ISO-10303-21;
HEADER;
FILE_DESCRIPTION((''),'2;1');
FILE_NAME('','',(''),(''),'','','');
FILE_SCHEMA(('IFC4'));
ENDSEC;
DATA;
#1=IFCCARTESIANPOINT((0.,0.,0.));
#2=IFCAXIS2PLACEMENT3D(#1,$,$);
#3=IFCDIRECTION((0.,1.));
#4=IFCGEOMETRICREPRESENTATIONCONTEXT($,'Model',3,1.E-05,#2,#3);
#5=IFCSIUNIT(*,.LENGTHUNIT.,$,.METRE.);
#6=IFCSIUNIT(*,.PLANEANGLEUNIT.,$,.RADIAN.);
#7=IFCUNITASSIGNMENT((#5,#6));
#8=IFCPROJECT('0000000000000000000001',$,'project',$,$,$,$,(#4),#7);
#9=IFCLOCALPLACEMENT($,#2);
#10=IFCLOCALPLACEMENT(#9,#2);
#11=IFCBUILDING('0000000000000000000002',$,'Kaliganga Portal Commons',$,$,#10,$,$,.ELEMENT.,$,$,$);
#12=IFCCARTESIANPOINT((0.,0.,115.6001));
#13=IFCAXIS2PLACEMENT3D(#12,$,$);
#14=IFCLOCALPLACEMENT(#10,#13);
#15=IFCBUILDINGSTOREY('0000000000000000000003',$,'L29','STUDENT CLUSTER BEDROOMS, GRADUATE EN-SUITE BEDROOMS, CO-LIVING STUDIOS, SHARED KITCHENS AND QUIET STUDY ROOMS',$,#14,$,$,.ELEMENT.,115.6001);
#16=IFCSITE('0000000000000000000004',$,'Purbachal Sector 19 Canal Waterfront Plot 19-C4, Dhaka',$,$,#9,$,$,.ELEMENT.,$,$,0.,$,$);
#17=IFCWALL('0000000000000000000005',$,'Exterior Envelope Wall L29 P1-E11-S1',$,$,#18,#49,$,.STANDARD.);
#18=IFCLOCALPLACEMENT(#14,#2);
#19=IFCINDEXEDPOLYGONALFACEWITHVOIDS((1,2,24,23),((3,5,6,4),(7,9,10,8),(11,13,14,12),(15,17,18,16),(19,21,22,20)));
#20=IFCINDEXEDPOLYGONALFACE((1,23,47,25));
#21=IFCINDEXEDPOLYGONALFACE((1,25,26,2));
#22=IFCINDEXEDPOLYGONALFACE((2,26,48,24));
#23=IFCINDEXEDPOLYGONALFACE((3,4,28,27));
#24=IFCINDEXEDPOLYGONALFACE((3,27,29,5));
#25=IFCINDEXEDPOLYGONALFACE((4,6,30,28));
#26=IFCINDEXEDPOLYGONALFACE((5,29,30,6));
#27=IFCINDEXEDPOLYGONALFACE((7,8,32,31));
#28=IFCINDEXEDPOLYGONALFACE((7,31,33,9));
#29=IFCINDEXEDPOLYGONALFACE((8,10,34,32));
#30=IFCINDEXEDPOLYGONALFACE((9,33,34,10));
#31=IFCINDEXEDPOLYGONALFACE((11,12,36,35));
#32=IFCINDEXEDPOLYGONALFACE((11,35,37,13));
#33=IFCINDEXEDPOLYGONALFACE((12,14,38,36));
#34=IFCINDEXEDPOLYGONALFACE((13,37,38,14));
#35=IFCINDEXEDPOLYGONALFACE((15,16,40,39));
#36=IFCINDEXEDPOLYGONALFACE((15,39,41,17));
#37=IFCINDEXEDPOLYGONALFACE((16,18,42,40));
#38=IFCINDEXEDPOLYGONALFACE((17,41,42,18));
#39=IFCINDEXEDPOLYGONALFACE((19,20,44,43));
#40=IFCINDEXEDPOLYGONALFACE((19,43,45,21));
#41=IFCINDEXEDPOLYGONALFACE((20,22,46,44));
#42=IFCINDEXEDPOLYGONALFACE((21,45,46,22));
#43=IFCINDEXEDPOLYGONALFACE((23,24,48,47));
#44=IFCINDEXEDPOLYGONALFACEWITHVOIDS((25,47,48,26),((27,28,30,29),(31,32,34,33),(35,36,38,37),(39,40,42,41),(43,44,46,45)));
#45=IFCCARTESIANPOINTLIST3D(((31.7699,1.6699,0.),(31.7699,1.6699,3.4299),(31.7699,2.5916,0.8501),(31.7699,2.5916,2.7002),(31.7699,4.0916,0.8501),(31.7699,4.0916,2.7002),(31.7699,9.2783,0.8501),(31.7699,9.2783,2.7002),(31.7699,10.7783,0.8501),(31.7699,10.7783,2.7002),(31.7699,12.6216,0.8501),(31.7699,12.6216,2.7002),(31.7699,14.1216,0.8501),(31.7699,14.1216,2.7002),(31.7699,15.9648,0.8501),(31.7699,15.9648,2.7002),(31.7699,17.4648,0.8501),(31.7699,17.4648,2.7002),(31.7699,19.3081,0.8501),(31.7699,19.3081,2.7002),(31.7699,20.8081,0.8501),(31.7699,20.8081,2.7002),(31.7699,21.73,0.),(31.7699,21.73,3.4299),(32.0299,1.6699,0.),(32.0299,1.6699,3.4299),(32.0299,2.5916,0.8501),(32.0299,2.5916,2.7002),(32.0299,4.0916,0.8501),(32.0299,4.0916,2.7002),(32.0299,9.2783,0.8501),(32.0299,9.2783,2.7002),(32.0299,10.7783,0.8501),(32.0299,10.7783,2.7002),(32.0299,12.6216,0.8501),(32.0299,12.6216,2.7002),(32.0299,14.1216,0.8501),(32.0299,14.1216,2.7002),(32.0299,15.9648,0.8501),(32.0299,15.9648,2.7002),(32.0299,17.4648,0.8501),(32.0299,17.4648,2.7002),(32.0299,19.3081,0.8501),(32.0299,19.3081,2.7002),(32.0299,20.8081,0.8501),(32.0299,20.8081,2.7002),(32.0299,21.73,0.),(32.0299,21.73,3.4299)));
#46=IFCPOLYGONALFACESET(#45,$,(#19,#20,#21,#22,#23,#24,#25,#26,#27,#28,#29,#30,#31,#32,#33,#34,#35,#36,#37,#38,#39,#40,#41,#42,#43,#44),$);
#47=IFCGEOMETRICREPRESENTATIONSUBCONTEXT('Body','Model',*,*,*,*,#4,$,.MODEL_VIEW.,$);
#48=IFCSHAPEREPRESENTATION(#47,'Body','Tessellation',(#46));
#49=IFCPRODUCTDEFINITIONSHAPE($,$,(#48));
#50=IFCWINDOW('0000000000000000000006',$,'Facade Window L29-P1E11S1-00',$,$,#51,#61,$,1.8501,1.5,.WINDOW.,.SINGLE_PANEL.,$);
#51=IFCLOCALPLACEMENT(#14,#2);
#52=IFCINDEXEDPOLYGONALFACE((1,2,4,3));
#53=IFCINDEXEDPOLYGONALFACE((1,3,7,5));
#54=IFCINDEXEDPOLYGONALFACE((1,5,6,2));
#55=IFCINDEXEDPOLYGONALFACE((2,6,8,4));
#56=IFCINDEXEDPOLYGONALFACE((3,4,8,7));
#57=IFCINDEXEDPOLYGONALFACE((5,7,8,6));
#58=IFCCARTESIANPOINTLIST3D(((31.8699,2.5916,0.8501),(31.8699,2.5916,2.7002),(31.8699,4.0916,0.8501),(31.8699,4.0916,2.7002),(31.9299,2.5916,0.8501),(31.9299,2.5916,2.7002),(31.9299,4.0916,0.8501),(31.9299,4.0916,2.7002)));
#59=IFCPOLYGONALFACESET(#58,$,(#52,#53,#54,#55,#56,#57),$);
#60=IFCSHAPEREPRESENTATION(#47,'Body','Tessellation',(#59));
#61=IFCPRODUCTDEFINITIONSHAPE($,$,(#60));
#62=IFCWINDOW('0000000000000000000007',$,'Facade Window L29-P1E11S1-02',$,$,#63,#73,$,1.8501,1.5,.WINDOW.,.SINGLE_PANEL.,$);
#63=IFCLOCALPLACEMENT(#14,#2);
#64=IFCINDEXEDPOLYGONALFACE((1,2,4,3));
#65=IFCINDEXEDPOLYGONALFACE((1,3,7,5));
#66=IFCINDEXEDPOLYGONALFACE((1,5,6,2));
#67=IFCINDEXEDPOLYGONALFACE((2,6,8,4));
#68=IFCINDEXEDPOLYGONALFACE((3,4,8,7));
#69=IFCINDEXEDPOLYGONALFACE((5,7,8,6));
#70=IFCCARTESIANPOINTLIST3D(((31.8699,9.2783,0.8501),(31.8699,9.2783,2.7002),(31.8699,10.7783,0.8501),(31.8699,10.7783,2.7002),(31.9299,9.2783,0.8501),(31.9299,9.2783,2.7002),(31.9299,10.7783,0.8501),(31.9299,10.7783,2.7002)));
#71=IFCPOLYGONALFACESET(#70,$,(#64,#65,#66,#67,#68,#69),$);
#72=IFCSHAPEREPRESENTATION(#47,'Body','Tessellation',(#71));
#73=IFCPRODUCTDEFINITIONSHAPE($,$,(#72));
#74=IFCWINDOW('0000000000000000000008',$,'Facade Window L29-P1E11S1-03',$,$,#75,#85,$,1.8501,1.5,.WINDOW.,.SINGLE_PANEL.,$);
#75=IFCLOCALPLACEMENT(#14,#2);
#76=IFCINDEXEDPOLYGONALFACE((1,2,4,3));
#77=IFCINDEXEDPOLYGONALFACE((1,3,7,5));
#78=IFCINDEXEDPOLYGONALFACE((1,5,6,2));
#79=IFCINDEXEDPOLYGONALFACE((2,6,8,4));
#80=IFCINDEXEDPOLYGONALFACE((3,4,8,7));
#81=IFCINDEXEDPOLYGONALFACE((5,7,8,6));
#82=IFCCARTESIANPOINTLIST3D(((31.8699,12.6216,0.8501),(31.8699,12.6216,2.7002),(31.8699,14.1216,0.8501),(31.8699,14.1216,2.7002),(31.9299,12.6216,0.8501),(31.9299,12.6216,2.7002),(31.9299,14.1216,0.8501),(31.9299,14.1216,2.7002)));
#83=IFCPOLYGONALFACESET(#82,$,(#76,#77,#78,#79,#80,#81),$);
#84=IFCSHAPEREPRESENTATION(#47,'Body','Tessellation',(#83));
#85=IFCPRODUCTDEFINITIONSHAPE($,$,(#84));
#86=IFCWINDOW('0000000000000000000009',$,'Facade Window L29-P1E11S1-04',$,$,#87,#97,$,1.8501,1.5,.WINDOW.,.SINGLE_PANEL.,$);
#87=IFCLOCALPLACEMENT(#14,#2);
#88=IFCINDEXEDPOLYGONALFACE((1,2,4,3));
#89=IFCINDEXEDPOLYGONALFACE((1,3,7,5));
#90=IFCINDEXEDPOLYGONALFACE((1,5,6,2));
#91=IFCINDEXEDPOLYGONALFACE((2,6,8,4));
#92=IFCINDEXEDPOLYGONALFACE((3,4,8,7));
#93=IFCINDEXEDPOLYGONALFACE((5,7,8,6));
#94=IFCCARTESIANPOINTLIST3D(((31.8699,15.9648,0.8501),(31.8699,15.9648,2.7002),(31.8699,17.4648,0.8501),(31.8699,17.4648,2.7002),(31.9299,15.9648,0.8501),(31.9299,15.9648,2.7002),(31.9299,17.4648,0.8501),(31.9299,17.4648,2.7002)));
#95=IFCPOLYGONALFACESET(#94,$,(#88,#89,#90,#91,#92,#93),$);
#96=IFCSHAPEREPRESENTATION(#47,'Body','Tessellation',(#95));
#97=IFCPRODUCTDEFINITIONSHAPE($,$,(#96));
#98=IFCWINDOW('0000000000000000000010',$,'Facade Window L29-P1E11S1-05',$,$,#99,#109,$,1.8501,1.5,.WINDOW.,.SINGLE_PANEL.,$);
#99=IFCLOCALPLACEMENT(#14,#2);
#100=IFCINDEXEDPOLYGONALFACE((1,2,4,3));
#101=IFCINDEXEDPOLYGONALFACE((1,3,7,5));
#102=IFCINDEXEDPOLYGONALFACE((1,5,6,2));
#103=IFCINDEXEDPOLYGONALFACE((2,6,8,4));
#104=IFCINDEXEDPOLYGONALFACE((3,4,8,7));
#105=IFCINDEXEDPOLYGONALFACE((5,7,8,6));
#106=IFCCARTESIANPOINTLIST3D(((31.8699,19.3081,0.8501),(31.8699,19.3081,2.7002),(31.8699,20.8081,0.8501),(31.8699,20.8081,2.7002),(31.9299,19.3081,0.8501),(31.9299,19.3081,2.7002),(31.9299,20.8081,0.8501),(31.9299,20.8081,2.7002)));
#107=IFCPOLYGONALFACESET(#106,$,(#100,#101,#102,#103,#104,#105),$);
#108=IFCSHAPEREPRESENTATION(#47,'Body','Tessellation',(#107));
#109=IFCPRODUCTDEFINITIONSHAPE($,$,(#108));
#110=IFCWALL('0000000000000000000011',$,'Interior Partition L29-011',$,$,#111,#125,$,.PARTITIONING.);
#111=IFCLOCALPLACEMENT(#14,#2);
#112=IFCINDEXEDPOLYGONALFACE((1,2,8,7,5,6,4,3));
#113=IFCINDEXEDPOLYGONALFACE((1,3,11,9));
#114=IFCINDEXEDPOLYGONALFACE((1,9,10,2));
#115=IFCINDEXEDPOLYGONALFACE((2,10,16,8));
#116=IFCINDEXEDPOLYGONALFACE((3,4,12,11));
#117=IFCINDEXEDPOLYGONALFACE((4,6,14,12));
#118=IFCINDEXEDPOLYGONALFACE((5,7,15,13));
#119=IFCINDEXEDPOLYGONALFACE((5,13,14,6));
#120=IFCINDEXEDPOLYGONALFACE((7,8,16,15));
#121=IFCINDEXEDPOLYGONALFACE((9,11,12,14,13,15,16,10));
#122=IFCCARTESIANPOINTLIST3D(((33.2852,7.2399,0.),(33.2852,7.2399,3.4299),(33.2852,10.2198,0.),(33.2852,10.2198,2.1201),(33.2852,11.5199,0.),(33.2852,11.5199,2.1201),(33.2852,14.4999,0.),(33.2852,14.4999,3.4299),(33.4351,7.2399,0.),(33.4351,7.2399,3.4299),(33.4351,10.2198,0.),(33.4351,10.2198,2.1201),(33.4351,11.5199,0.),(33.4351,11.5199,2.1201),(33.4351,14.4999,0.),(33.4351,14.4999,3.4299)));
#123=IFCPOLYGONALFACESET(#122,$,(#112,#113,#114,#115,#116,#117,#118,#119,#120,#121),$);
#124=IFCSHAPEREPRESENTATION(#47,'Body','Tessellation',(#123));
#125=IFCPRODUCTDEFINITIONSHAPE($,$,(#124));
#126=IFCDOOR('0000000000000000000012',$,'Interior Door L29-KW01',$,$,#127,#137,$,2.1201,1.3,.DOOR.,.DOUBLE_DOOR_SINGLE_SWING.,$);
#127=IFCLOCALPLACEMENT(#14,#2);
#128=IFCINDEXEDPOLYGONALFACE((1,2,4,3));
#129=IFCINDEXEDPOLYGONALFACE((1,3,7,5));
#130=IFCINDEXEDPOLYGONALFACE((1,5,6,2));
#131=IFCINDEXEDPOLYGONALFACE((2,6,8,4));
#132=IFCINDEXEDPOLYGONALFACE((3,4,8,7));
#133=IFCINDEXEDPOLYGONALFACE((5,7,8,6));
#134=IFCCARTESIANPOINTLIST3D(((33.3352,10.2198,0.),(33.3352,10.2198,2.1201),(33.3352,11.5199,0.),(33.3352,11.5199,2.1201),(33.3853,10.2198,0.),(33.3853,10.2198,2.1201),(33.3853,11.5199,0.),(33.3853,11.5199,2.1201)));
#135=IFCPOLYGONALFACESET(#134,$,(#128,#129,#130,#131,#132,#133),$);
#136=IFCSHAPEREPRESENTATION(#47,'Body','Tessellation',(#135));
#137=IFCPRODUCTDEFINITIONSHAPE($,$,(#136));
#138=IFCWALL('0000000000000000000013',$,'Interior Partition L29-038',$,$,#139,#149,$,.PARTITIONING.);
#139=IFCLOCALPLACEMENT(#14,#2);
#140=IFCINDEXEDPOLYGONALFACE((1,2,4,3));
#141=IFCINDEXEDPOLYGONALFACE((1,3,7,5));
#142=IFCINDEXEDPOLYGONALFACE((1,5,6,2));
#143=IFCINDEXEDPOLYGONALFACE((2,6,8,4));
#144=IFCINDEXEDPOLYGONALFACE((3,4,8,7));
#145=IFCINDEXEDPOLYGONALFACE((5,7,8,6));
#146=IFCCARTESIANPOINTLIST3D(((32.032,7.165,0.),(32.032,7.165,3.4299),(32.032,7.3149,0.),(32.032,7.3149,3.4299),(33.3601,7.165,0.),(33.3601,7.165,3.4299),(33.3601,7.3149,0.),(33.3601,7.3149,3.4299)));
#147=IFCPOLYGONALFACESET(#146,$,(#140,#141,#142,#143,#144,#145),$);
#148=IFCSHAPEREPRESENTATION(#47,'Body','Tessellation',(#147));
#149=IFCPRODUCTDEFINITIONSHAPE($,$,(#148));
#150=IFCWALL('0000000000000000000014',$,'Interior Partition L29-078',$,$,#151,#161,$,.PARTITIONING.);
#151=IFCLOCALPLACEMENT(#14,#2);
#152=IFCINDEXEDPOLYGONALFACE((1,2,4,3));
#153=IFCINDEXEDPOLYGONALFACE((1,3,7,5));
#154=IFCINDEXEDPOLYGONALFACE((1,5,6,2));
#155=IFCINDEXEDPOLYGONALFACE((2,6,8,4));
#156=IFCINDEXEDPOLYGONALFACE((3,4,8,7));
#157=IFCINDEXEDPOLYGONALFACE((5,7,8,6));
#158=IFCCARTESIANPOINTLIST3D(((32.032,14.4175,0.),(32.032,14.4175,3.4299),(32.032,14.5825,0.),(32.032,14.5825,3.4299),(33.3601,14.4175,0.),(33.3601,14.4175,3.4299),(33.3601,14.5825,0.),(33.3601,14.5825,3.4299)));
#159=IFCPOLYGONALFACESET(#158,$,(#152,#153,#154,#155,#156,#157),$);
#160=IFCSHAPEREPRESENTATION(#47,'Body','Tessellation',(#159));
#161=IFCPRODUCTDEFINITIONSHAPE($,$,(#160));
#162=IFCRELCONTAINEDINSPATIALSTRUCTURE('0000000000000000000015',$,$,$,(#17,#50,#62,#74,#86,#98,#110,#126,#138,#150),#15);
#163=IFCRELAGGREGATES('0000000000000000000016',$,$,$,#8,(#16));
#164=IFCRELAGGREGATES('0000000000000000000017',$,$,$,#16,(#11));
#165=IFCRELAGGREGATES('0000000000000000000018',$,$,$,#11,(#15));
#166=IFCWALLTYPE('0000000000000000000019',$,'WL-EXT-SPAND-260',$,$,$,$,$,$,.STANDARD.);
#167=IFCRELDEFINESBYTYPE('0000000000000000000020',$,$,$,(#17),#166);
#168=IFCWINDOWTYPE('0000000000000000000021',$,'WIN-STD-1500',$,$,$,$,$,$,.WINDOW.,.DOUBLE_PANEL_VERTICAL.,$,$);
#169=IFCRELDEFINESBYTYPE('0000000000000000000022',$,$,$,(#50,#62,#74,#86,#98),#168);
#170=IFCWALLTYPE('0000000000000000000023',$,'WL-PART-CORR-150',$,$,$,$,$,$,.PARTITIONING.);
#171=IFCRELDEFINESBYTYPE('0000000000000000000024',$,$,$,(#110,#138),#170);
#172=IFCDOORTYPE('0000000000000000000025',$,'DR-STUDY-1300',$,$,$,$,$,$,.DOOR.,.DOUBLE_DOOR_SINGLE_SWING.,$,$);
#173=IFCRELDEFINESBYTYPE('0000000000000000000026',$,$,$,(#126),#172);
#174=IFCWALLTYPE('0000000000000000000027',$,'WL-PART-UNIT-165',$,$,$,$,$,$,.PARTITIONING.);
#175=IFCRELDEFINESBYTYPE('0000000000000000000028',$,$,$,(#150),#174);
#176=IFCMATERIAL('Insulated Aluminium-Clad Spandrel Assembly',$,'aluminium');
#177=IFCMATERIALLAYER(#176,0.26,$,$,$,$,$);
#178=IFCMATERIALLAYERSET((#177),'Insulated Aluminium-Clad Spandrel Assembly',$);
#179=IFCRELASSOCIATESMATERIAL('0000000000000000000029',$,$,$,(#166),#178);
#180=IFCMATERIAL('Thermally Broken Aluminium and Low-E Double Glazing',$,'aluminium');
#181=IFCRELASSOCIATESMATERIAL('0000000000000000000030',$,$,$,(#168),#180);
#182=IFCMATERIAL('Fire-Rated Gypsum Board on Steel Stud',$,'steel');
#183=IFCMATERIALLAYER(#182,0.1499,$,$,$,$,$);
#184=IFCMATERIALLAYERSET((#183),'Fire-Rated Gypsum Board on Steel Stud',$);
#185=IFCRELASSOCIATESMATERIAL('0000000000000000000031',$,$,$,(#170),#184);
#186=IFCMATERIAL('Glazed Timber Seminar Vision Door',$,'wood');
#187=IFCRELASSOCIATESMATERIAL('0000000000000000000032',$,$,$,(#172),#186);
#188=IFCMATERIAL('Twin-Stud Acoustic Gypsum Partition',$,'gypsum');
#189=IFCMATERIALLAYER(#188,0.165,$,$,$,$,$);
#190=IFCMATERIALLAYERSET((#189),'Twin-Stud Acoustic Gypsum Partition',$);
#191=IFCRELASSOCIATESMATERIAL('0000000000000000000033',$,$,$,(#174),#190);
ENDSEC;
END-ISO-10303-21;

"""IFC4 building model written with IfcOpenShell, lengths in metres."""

from ifc_helpers import new_model, si_unit, direction, frame, frame_2d, origin, place, context, subcontext, project, spatial, rectangle, extrude, material, layer, layer_set, type_object, element, fill, save


model = new_model("IFC4")

# Units and contexts
model_context = context("Model", 3, precision=1e-05, world=origin(), true_north=direction((0.0, 1.0)))
body_context = subcontext(model_context, "Body", "Model", "MODEL_VIEW")
ifc_project = project(units=[si_unit("LENGTHUNIT", "METRE"), si_unit("PLANEANGLEUNIT", "RADIAN")], contexts=[model_context])

# Site, building, storey
site_placement = place(None, origin())
site = spatial("IfcSite", under=ifc_project, at=site_placement, Name="Purbachal Sector 19 Canal Waterfront Plot 19-C4, Dhaka", CompositionType="ELEMENT", RefElevation=0.0)
building_placement = place(site_placement, origin())
building = spatial("IfcBuilding", under=site, at=building_placement, Name="Kaliganga Portal Commons", CompositionType="ELEMENT")
storey_placement = place(building_placement, frame((0.0, 0.0, 115.6001)))
storey = spatial("IfcBuildingStorey", under=building, at=storey_placement, Name="L29", Description="STUDENT CLUSTER BEDROOMS, GRADUATE EN-SUITE BEDROOMS, CO-LIVING STUDIOS, SHARED KITCHENS AND QUIET STUDY ROOMS", CompositionType="ELEMENT", Elevation=115.6001)

# Shared definitions
ifc_material_1 = material(Name="Insulated Aluminium-Clad Spandrel Assembly", Category="aluminium")
ifc_layer_1 = layer(ifc_material_1, 0.26)
ifc_layer_set_1 = layer_set([ifc_layer_1], Name="Insulated Aluminium-Clad Spandrel Assembly")
wall_type_1 = type_object("IfcWallType", Name="WL-EXT-SPAND-260", PredefinedType="STANDARD", material=ifc_layer_set_1)
ifc_material_2 = material(Name="Thermally Broken Aluminium and Low-E Double Glazing", Category="aluminium")

# Wall, openings, windows
wall_1_placement = place(storey_placement, frame((31.8999, 1.6699, 0.0), z_axis=(0.0, 0.0, 1.0), x_axis=(0.0, 1.0, 0.0)))
wall_1 = element("IfcWall", 1, at=wall_1_placement, inside=storey, type_object=wall_type_1, Name="Exterior Envelope Wall L29 P1-E11-S1", PredefinedType="STANDARD", context=body_context, shape_type="SweptSolid", body=[
    extrude(rectangle(XDim=20.0601, YDim=0.26, at=frame_2d((10.03, 0.0))), origin(), (0.0, 0.0, 1.0), 3.4299),
])
opening_1_placement = place(wall_1_placement, frame((0.9216, 0.0, 0.8501)))
opening_1 = element("IfcOpeningElement", 2, at=opening_1_placement, cuts=wall_1, PredefinedType="OPENING", context=body_context, shape_type="SweptSolid", body=[
    extrude(rectangle(XDim=1.5, YDim=1.8501, at=frame_2d((0.75, 0.925))), frame((0.0, 0.1401, 0.0), z_axis=(0.0, -1.0, 0.0), x_axis=(1.0, 0.0, 0.0)), (0.0, 0.0, 1.0), 0.28),
])
opening_2_placement = place(wall_1_placement, frame((7.6084, 0.0, 0.8501)))
opening_2 = element("IfcOpeningElement", 3, at=opening_2_placement, cuts=wall_1, PredefinedType="OPENING", context=body_context, shape_type="SweptSolid", body=[
    extrude(rectangle(XDim=1.5, YDim=1.8501, at=frame_2d((0.75, 0.925))), frame((0.0, 0.1401, 0.0), z_axis=(0.0, -1.0, 0.0), x_axis=(1.0, 0.0, 0.0)), (0.0, 0.0, 1.0), 0.28),
])
opening_3_placement = place(wall_1_placement, frame((10.9517, 0.0, 0.8501)))
opening_3 = element("IfcOpeningElement", 4, at=opening_3_placement, cuts=wall_1, PredefinedType="OPENING", context=body_context, shape_type="SweptSolid", body=[
    extrude(rectangle(XDim=1.5, YDim=1.8501, at=frame_2d((0.75, 0.925))), frame((0.0, 0.1401, 0.0), z_axis=(0.0, -1.0, 0.0), x_axis=(1.0, 0.0, 0.0)), (0.0, 0.0, 1.0), 0.28),
])
opening_4_placement = place(wall_1_placement, frame((14.2949, 0.0, 0.8501)))
opening_4 = element("IfcOpeningElement", 5, at=opening_4_placement, cuts=wall_1, PredefinedType="OPENING", context=body_context, shape_type="SweptSolid", body=[
    extrude(rectangle(XDim=1.5, YDim=1.8501, at=frame_2d((0.75, 0.925))), frame((0.0, 0.1401, 0.0), z_axis=(0.0, -1.0, 0.0), x_axis=(1.0, 0.0, 0.0)), (0.0, 0.0, 1.0), 0.28),
])
opening_5_placement = place(wall_1_placement, frame((17.6382, 0.0, 0.8501)))
opening_5 = element("IfcOpeningElement", 6, at=opening_5_placement, cuts=wall_1, PredefinedType="OPENING", context=body_context, shape_type="SweptSolid", body=[
    extrude(rectangle(XDim=1.5, YDim=1.8501, at=frame_2d((0.75, 0.925))), frame((0.0, 0.1401, 0.0), z_axis=(0.0, -1.0, 0.0), x_axis=(1.0, 0.0, 0.0)), (0.0, 0.0, 1.0), 0.28),
])
window_type_1 = type_object("IfcWindowType", Name="WIN-STD-1500", PartitioningType="DOUBLE_PANEL_VERTICAL", PredefinedType="WINDOW", material=ifc_material_2)
window_1_placement = place(opening_1_placement, origin())
window_1 = element("IfcWindow", 7, at=window_1_placement, inside=storey, type_object=window_type_1, Name="Facade Window L29-P1E11S1-00", OverallHeight=1.8501, OverallWidth=1.5, PartitioningType="SINGLE_PANEL", PredefinedType="WINDOW", context=body_context, shape_type="SweptSolid", body=[
    extrude(rectangle(XDim=1.5, YDim=1.8501, at=frame_2d((0.75, 0.925))), frame((0.0, 0.03, 0.0), z_axis=(0.0, -1.0, 0.0), x_axis=(1.0, 0.0, 0.0)), (0.0, 0.0, 1.0), 0.0601),
])
fill(opening_1, window_1)
window_2_placement = place(opening_2_placement, origin())
window_2 = element("IfcWindow", 8, at=window_2_placement, inside=storey, type_object=window_type_1, Name="Facade Window L29-P1E11S1-02", OverallHeight=1.8501, OverallWidth=1.5, PartitioningType="SINGLE_PANEL", PredefinedType="WINDOW", context=body_context, shape_type="SweptSolid", body=[
    extrude(rectangle(XDim=1.5, YDim=1.8501, at=frame_2d((0.75, 0.925))), frame((0.0, 0.03, 0.0), z_axis=(0.0, -1.0, 0.0), x_axis=(1.0, 0.0, 0.0)), (0.0, 0.0, 1.0), 0.0601),
])
fill(opening_2, window_2)
window_3_placement = place(opening_3_placement, origin())
window_3 = element("IfcWindow", 9, at=window_3_placement, inside=storey, type_object=window_type_1, Name="Facade Window L29-P1E11S1-03", OverallHeight=1.8501, OverallWidth=1.5, PartitioningType="SINGLE_PANEL", PredefinedType="WINDOW", context=body_context, shape_type="SweptSolid", body=[
    extrude(rectangle(XDim=1.5, YDim=1.8501, at=frame_2d((0.75, 0.925))), frame((0.0, 0.03, 0.0), z_axis=(0.0, -1.0, 0.0), x_axis=(1.0, 0.0, 0.0)), (0.0, 0.0, 1.0), 0.0601),
])
fill(opening_3, window_3)
window_4_placement = place(opening_4_placement, origin())
window_4 = element("IfcWindow", 10, at=window_4_placement, inside=storey, type_object=window_type_1, Name="Facade Window L29-P1E11S1-04", OverallHeight=1.8501, OverallWidth=1.5, PartitioningType="SINGLE_PANEL", PredefinedType="WINDOW", context=body_context, shape_type="SweptSolid", body=[
    extrude(rectangle(XDim=1.5, YDim=1.8501, at=frame_2d((0.75, 0.925))), frame((0.0, 0.03, 0.0), z_axis=(0.0, -1.0, 0.0), x_axis=(1.0, 0.0, 0.0)), (0.0, 0.0, 1.0), 0.0601),
])
fill(opening_4, window_4)
window_5_placement = place(opening_5_placement, origin())
window_5 = element("IfcWindow", 11, at=window_5_placement, inside=storey, type_object=window_type_1, Name="Facade Window L29-P1E11S1-05", OverallHeight=1.8501, OverallWidth=1.5, PartitioningType="SINGLE_PANEL", PredefinedType="WINDOW", context=body_context, shape_type="SweptSolid", body=[
    extrude(rectangle(XDim=1.5, YDim=1.8501, at=frame_2d((0.75, 0.925))), frame((0.0, 0.03, 0.0), z_axis=(0.0, -1.0, 0.0), x_axis=(1.0, 0.0, 0.0)), (0.0, 0.0, 1.0), 0.0601),
])
fill(opening_5, window_5)

# Wall, opening, door
ifc_material_3 = material(Name="Fire-Rated Gypsum Board on Steel Stud", Category="steel")
ifc_layer_2 = layer(ifc_material_3, 0.1499)
ifc_layer_set_2 = layer_set([ifc_layer_2], Name="Fire-Rated Gypsum Board on Steel Stud")
wall_type_2 = type_object("IfcWallType", Name="WL-PART-CORR-150", PredefinedType="PARTITIONING", material=ifc_layer_set_2)
wall_2_placement = place(storey_placement, frame((33.3601, 7.24, 0.0), z_axis=(0.0, 0.0, 1.0), x_axis=(0.0, 1.0, 0.0)))
wall_2 = element("IfcWall", 12, at=wall_2_placement, inside=storey, type_object=wall_type_2, Name="Interior Partition L29-011", PredefinedType="PARTITIONING", context=body_context, shape_type="SweptSolid", body=[
    extrude(rectangle(XDim=7.26, YDim=0.1499, at=frame_2d((3.6299, 0.0))), origin(), (0.0, 0.0, 1.0), 3.4299),
])
opening_6_placement = place(wall_2_placement, frame((2.98, 0.0, 0.0)))
opening_6 = element("IfcOpeningElement", 13, at=opening_6_placement, cuts=wall_2, PredefinedType="OPENING", context=body_context, shape_type="SweptSolid", body=[
    extrude(rectangle(XDim=1.3, YDim=2.1201, at=frame_2d((0.6499, 1.0601))), frame((0.0, 0.085, 0.0), z_axis=(0.0, -1.0, 0.0), x_axis=(1.0, 0.0, 0.0)), (0.0, 0.0, 1.0), 0.1699),
])
ifc_material_4 = material(Name="Glazed Timber Seminar Vision Door", Category="wood")
door_type = type_object("IfcDoorType", Name="DR-STUDY-1300", OperationType="DOUBLE_DOOR_SINGLE_SWING", PredefinedType="DOOR", material=ifc_material_4)
door_placement = place(opening_6_placement, origin())
door = element("IfcDoor", 14, at=door_placement, inside=storey, type_object=door_type, Name="Interior Door L29-KW01", OperationType="DOUBLE_DOOR_SINGLE_SWING", OverallHeight=2.1201, OverallWidth=1.3, PredefinedType="DOOR", context=body_context, shape_type="SweptSolid", body=[
    extrude(rectangle(XDim=1.3, YDim=2.1201, at=frame_2d((0.6499, 1.0601))), frame((0.0, 0.0249, 0.0), z_axis=(0.0, -1.0, 0.0), x_axis=(1.0, 0.0, 0.0)), (0.0, 0.0, 1.0), 0.05),
])
fill(opening_6, door)

# Walls
wall_3_placement = place(storey_placement, frame((32.032, 7.24, 0.0), z_axis=(0.0, 0.0, 1.0), x_axis=(1.0, 0.0, 0.0)))
element("IfcWall", 15, at=wall_3_placement, inside=storey, type_object=wall_type_2, Name="Interior Partition L29-038", PredefinedType="PARTITIONING", context=body_context, shape_type="SweptSolid", body=[
    extrude(rectangle(XDim=1.3281, YDim=0.1499, at=frame_2d((0.6641, 0.0))), origin(), (0.0, 0.0, 1.0), 3.4299),
])
ifc_material_5 = material(Name="Twin-Stud Acoustic Gypsum Partition", Category="gypsum")
ifc_layer_3 = layer(ifc_material_5, 0.165)
ifc_layer_set_3 = layer_set([ifc_layer_3], Name="Twin-Stud Acoustic Gypsum Partition")
wall_type_3 = type_object("IfcWallType", Name="WL-PART-UNIT-165", PredefinedType="PARTITIONING", material=ifc_layer_set_3)
wall_4_placement = place(storey_placement, frame((32.032, 14.5, 0.0), z_axis=(0.0, 0.0, 1.0), x_axis=(1.0, 0.0, 0.0)))
element("IfcWall", 16, at=wall_4_placement, inside=storey, type_object=wall_type_3, Name="Interior Partition L29-078", PredefinedType="PARTITIONING", context=body_context, shape_type="SweptSolid", body=[
    extrude(rectangle(XDim=1.3281, YDim=0.165, at=frame_2d((0.6641, 0.0))), origin(), (0.0, 0.0, 1.0), 3.4299),
])

save(model, "model.ifc")
